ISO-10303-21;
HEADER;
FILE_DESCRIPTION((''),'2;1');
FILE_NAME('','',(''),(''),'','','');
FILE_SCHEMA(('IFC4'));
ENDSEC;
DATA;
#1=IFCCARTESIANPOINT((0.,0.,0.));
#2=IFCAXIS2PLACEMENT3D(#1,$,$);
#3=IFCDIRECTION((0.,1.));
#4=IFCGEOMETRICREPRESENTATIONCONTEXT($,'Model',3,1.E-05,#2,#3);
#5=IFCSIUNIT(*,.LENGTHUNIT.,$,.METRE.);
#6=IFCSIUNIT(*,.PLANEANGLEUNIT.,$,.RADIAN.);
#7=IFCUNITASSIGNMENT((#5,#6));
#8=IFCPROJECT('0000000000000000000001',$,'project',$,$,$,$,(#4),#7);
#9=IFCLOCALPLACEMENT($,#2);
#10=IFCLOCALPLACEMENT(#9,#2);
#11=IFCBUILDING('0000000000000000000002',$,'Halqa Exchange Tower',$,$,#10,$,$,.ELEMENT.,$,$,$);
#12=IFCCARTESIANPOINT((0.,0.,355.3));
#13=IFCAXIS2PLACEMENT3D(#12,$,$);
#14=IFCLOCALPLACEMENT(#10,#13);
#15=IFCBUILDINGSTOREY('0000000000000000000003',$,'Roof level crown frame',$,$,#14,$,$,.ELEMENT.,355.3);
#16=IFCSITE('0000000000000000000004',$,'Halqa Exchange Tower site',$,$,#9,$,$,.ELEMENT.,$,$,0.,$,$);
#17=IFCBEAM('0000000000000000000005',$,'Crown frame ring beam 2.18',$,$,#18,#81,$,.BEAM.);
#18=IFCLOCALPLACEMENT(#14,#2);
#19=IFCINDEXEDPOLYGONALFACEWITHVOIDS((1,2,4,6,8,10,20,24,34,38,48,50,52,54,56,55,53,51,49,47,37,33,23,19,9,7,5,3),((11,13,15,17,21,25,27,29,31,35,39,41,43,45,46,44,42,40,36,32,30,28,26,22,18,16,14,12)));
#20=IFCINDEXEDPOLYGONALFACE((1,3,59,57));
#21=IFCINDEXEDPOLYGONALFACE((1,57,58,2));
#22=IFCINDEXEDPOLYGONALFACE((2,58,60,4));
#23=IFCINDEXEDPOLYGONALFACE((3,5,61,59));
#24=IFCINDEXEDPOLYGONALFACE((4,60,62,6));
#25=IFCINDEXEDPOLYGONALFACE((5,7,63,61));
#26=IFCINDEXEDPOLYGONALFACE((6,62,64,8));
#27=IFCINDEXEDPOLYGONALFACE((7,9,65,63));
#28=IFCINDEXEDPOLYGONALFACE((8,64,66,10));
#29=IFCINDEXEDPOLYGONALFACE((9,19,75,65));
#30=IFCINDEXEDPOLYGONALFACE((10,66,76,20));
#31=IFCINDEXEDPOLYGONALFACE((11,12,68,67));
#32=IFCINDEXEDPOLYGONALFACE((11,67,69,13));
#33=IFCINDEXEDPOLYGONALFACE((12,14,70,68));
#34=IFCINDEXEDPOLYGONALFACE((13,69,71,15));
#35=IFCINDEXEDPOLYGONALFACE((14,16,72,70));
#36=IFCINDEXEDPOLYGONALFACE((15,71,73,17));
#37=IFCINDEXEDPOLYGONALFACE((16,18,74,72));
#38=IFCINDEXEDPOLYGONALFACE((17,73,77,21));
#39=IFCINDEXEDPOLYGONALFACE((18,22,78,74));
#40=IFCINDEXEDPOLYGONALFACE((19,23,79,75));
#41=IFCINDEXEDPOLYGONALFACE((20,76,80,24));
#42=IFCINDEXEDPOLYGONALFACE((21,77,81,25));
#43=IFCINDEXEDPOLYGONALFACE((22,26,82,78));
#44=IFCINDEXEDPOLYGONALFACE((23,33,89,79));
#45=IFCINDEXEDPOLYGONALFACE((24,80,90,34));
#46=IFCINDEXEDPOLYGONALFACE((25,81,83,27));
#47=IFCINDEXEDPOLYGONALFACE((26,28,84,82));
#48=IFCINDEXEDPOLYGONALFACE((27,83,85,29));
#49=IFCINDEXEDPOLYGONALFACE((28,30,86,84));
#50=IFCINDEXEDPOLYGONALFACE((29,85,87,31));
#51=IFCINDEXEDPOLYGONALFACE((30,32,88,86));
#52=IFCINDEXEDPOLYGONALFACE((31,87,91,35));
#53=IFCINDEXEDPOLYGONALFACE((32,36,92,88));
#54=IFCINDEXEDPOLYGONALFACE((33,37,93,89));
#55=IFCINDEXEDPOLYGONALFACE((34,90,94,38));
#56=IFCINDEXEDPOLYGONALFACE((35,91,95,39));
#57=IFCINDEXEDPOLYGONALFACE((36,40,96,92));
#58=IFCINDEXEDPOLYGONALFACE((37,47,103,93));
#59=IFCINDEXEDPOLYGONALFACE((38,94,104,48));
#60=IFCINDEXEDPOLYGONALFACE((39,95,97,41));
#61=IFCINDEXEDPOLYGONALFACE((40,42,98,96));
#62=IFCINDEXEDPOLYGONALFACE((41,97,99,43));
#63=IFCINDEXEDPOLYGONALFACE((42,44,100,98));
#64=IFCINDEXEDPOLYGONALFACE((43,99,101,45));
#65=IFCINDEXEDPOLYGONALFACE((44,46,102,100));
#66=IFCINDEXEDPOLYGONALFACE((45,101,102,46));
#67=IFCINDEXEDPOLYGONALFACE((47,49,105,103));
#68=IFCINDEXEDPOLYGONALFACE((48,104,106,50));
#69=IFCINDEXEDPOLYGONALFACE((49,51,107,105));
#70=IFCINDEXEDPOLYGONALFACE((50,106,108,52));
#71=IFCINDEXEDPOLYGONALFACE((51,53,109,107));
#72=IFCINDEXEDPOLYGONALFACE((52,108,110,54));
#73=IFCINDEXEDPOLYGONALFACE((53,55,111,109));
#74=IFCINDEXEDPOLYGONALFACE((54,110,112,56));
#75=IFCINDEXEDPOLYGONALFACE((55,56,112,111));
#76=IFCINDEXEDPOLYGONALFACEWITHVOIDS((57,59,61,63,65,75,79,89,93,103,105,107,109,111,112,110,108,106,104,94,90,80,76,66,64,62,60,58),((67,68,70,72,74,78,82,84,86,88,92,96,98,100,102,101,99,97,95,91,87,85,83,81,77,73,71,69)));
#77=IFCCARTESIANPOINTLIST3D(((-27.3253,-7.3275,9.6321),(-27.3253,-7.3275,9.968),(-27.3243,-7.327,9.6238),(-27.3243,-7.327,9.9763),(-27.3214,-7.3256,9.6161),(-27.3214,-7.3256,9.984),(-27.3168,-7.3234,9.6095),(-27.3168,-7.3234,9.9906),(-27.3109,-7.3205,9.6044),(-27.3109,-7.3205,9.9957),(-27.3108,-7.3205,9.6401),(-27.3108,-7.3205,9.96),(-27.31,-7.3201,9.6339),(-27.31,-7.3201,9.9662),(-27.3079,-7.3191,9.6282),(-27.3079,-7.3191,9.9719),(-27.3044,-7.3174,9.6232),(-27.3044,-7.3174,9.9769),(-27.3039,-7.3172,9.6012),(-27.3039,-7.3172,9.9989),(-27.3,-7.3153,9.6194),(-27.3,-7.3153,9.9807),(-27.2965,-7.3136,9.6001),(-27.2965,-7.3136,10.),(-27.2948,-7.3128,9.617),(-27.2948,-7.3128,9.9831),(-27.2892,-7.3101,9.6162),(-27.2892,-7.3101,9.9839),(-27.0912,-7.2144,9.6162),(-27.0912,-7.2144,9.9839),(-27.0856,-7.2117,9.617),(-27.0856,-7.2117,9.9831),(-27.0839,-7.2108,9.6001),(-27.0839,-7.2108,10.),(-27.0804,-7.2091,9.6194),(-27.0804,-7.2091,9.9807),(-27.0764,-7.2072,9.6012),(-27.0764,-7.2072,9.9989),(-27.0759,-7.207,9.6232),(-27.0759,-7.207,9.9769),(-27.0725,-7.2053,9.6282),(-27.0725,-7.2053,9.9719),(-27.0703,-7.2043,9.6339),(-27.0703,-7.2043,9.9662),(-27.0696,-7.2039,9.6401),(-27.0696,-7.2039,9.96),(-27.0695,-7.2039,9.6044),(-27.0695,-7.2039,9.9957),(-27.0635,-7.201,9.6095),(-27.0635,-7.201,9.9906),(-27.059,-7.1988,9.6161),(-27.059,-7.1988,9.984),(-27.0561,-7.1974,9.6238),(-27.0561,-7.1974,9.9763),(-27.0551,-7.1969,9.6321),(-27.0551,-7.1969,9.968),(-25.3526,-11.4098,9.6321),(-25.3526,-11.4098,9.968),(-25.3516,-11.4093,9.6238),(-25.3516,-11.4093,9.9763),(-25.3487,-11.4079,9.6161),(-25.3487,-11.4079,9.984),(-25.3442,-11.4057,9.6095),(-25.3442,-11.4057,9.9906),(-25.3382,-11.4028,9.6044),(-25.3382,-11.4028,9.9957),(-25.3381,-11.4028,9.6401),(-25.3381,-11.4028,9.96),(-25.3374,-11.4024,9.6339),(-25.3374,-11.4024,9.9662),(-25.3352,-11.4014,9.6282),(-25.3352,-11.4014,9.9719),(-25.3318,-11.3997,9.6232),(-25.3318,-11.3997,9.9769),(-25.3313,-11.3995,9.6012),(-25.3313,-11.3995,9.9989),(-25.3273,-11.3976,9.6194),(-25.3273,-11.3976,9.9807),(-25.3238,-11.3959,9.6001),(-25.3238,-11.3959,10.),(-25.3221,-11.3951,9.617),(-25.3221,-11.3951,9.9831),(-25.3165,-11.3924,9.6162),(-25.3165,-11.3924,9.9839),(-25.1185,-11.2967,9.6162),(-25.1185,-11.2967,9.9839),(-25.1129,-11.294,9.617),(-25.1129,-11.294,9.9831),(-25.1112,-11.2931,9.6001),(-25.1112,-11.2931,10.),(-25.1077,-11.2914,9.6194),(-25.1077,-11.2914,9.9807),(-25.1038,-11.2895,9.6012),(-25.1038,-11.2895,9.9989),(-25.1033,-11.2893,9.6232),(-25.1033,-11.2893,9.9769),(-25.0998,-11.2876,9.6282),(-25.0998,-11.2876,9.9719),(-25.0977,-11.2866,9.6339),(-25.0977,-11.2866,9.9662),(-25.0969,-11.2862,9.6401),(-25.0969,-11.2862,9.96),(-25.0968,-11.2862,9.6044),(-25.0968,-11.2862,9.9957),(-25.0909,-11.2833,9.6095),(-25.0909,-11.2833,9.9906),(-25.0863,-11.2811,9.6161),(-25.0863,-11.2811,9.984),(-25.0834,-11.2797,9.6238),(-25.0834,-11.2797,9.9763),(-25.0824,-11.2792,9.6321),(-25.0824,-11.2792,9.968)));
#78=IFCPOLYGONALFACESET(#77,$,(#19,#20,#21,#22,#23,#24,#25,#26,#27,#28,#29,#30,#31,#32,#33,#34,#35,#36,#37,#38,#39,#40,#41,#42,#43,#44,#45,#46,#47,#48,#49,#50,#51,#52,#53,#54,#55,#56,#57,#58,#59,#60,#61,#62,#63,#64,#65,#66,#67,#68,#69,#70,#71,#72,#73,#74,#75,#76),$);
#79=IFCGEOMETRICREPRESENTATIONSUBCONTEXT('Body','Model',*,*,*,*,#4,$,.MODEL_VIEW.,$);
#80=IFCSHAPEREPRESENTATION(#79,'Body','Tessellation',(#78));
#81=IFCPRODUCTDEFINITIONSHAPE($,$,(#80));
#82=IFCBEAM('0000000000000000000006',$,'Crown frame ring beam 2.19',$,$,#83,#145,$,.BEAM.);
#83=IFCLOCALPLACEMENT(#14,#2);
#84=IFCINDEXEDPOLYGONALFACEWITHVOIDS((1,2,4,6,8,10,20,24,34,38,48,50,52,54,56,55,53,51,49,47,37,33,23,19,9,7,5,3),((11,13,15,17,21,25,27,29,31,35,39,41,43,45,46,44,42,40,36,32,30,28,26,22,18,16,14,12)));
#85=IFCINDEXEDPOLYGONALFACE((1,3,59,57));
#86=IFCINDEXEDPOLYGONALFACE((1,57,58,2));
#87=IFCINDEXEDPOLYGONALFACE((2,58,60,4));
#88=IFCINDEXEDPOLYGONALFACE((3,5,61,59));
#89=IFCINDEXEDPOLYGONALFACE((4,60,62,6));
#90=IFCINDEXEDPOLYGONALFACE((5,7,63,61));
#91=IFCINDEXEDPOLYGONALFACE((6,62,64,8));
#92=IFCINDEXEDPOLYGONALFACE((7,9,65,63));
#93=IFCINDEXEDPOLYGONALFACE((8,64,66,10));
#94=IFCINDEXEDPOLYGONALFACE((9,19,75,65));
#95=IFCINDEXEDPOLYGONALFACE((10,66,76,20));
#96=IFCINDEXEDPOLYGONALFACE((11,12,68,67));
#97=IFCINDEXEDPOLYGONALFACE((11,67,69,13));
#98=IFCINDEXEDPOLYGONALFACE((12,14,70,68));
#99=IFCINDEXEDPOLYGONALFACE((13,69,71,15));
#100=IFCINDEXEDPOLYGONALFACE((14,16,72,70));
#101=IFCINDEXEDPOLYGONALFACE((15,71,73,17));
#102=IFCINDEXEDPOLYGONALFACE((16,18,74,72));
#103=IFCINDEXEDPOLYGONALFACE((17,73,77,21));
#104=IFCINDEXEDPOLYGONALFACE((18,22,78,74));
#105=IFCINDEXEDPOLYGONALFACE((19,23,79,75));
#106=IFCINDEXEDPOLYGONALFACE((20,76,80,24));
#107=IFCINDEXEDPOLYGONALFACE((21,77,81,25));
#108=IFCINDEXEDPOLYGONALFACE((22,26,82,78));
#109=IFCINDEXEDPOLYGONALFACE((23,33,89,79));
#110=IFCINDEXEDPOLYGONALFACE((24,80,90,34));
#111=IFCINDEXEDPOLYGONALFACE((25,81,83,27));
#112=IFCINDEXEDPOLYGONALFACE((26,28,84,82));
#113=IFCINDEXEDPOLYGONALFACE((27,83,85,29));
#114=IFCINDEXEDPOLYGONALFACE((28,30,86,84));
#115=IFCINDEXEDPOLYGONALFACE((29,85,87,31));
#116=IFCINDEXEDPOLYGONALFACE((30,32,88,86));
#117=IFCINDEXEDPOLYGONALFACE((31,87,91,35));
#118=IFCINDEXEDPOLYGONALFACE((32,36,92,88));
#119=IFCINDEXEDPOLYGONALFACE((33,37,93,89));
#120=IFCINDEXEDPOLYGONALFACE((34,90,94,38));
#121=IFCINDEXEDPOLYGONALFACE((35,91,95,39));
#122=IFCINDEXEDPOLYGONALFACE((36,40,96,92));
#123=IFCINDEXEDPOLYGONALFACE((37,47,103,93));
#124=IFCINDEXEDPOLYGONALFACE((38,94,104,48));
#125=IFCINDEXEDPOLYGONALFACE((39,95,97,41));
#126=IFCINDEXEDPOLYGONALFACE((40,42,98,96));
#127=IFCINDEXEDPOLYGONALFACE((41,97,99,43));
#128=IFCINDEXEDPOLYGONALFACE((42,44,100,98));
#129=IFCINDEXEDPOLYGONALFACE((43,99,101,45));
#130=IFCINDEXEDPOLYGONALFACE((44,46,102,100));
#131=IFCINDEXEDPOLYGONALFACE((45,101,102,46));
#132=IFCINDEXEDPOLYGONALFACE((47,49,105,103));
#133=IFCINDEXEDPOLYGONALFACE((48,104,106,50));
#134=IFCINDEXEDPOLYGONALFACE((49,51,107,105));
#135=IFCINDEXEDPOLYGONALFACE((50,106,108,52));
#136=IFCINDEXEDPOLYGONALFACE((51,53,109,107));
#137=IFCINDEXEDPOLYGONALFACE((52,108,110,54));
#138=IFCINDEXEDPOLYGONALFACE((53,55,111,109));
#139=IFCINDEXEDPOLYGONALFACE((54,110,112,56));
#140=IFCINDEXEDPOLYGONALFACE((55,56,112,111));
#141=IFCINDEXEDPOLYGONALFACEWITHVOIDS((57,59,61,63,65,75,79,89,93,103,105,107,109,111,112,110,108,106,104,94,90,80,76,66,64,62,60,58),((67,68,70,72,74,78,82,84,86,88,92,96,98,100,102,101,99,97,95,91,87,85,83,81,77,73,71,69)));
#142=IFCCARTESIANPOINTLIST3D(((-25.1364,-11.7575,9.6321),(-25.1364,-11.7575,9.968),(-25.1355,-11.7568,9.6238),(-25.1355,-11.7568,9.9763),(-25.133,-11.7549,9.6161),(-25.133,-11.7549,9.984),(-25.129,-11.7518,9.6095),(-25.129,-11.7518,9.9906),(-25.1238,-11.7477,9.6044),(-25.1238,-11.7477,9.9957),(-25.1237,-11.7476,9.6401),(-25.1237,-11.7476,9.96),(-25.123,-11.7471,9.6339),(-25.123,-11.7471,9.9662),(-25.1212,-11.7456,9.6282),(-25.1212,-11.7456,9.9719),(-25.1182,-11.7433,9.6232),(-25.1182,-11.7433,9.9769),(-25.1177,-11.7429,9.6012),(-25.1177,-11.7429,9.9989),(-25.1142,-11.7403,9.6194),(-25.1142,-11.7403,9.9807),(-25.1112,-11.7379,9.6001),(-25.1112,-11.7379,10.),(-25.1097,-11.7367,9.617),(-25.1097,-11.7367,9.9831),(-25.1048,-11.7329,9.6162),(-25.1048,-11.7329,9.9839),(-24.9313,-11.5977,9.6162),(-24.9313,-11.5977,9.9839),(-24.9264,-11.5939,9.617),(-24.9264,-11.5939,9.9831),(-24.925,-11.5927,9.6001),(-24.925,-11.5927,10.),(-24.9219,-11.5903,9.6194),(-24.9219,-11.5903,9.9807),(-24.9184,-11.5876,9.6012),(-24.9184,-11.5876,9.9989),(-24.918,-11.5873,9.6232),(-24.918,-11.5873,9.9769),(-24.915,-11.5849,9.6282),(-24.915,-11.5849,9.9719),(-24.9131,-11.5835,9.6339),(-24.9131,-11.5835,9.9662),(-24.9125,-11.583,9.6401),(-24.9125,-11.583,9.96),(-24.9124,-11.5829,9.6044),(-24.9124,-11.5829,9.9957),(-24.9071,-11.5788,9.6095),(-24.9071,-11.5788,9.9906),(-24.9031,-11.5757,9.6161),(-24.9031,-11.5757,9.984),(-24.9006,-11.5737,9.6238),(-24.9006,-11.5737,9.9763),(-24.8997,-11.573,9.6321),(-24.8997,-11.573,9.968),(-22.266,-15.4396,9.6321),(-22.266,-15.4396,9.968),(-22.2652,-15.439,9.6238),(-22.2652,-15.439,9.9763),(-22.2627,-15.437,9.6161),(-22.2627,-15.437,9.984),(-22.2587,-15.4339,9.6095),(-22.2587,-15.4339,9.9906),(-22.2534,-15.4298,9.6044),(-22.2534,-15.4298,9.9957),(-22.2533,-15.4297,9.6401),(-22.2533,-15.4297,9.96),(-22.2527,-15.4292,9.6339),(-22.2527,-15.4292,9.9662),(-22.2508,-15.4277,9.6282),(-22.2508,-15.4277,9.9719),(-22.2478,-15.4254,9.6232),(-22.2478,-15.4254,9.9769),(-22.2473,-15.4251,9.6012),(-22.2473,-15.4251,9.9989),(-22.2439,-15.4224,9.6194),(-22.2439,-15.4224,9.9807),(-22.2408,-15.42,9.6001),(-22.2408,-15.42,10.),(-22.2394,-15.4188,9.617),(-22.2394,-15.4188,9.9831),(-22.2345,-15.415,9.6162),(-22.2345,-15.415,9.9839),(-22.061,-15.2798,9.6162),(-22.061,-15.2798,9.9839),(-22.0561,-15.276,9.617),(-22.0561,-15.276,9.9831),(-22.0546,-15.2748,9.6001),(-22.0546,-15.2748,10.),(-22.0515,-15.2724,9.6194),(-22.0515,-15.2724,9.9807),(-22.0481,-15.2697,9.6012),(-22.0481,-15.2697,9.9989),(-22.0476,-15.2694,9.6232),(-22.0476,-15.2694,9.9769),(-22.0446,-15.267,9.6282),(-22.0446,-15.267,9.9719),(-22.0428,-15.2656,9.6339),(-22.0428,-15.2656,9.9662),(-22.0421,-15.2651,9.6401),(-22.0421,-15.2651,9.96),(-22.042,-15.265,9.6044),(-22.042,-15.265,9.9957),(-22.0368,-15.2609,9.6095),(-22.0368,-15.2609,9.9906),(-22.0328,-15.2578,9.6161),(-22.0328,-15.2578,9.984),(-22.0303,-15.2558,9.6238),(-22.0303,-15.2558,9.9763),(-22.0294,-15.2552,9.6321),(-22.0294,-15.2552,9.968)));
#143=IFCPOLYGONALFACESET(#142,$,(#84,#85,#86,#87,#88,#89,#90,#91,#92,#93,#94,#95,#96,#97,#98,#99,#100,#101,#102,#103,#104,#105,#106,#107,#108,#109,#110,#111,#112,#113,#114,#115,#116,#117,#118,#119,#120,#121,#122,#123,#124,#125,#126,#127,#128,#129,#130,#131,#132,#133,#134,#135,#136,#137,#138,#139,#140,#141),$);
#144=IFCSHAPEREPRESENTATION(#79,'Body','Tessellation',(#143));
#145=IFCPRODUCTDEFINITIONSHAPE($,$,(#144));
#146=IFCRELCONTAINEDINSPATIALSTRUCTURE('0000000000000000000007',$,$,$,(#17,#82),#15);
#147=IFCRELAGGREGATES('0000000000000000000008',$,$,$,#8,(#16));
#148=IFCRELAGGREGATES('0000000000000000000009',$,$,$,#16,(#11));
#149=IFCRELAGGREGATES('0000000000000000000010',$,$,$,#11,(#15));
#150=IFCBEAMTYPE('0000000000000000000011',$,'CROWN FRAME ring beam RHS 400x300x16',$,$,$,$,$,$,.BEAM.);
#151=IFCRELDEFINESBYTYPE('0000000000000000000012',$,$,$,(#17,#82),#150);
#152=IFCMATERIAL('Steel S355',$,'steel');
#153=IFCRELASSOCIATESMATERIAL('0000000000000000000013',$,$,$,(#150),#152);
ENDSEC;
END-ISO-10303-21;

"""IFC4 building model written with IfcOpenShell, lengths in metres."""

from ifc_helpers import new_model, si_unit, direction, frame, origin, origin_2d, place, context, subcontext, project, spatial, hollow_rectangle, extrude, material, material_profile, profile_set, type_object, element, save


model = new_model("IFC4")

# Units and contexts
model_context = context("Model", 3, precision=1e-05, world=origin(), true_north=direction((0.0, 1.0)))
body_context = subcontext(model_context, "Body", "Model", "MODEL_VIEW")
ifc_project = project(units=[si_unit("LENGTHUNIT", "METRE"), si_unit("PLANEANGLEUNIT", "RADIAN")], contexts=[model_context])

# Site, building, storey
site_placement = place(None, origin())
site = spatial("IfcSite", under=ifc_project, at=site_placement, Name="Halqa Exchange Tower site", CompositionType="ELEMENT", RefElevation=0.0)
building_placement = place(site_placement, origin())
building = spatial("IfcBuilding", under=site, at=building_placement, Name="Halqa Exchange Tower", CompositionType="ELEMENT")
storey_placement = place(building_placement, frame((0.0, 0.0, 355.3)))
storey = spatial("IfcBuildingStorey", under=building, at=storey_placement, Name="Roof level crown frame", CompositionType="ELEMENT", Elevation=355.3)

# Shared definitions
ifc_material_1 = material(Name="Steel S355", Category="steel")

# Beams
ifc_material_profile_1 = material_profile(ifc_material_1, hollow_rectangle(XDim=0.3, YDim=0.3999, WallThickness=0.0161, InnerFilletRadius=0.0239, OuterFilletRadius=0.032, at=origin_2d()), Name="RHS 400x300x16")
ifc_profile_set_1 = profile_set([ifc_material_profile_1], Name="Steel S355")
beam_type = type_object("IfcBeamType", Name="CROWN FRAME ring beam RHS 400x300x16", PredefinedType="BEAM", material=ifc_profile_set_1)
beam_1_placement = place(storey_placement, frame((-27.1902, -7.2622, 9.8), z_axis=(0.435089, -0.900387, 0.0), x_axis=(0.900387, 0.435089, 0.0)))
element("IfcBeam", 1, at=beam_1_placement, inside=storey, type_object=beam_type, Name="Crown frame ring beam 2.18", PredefinedType="BEAM", context=body_context, shape_type="SweptSolid", body=[
    extrude(hollow_rectangle(XDim=0.3, YDim=0.3999, WallThickness=0.0161, InnerFilletRadius=0.0239, OuterFilletRadius=0.032, at=origin_2d()), origin(), (0.0, 0.0, 1.0), 4.5339),
])
beam_2_placement = place(storey_placement, frame((-25.0181, -11.6653, 9.8), z_axis=(0.614805, -0.788679, 0.0), x_axis=(0.788679, 0.614805, 0.0)))
element("IfcBeam", 2, at=beam_2_placement, inside=storey, type_object=beam_type, Name="Crown frame ring beam 2.19", PredefinedType="BEAM", context=body_context, shape_type="SweptSolid", body=[
    extrude(hollow_rectangle(XDim=0.3, YDim=0.3999, WallThickness=0.0161, InnerFilletRadius=0.0239, OuterFilletRadius=0.032, at=origin_2d()), origin(), (0.0, 0.0, 1.0), 4.6687),
])

save(model, "model.ifc")
